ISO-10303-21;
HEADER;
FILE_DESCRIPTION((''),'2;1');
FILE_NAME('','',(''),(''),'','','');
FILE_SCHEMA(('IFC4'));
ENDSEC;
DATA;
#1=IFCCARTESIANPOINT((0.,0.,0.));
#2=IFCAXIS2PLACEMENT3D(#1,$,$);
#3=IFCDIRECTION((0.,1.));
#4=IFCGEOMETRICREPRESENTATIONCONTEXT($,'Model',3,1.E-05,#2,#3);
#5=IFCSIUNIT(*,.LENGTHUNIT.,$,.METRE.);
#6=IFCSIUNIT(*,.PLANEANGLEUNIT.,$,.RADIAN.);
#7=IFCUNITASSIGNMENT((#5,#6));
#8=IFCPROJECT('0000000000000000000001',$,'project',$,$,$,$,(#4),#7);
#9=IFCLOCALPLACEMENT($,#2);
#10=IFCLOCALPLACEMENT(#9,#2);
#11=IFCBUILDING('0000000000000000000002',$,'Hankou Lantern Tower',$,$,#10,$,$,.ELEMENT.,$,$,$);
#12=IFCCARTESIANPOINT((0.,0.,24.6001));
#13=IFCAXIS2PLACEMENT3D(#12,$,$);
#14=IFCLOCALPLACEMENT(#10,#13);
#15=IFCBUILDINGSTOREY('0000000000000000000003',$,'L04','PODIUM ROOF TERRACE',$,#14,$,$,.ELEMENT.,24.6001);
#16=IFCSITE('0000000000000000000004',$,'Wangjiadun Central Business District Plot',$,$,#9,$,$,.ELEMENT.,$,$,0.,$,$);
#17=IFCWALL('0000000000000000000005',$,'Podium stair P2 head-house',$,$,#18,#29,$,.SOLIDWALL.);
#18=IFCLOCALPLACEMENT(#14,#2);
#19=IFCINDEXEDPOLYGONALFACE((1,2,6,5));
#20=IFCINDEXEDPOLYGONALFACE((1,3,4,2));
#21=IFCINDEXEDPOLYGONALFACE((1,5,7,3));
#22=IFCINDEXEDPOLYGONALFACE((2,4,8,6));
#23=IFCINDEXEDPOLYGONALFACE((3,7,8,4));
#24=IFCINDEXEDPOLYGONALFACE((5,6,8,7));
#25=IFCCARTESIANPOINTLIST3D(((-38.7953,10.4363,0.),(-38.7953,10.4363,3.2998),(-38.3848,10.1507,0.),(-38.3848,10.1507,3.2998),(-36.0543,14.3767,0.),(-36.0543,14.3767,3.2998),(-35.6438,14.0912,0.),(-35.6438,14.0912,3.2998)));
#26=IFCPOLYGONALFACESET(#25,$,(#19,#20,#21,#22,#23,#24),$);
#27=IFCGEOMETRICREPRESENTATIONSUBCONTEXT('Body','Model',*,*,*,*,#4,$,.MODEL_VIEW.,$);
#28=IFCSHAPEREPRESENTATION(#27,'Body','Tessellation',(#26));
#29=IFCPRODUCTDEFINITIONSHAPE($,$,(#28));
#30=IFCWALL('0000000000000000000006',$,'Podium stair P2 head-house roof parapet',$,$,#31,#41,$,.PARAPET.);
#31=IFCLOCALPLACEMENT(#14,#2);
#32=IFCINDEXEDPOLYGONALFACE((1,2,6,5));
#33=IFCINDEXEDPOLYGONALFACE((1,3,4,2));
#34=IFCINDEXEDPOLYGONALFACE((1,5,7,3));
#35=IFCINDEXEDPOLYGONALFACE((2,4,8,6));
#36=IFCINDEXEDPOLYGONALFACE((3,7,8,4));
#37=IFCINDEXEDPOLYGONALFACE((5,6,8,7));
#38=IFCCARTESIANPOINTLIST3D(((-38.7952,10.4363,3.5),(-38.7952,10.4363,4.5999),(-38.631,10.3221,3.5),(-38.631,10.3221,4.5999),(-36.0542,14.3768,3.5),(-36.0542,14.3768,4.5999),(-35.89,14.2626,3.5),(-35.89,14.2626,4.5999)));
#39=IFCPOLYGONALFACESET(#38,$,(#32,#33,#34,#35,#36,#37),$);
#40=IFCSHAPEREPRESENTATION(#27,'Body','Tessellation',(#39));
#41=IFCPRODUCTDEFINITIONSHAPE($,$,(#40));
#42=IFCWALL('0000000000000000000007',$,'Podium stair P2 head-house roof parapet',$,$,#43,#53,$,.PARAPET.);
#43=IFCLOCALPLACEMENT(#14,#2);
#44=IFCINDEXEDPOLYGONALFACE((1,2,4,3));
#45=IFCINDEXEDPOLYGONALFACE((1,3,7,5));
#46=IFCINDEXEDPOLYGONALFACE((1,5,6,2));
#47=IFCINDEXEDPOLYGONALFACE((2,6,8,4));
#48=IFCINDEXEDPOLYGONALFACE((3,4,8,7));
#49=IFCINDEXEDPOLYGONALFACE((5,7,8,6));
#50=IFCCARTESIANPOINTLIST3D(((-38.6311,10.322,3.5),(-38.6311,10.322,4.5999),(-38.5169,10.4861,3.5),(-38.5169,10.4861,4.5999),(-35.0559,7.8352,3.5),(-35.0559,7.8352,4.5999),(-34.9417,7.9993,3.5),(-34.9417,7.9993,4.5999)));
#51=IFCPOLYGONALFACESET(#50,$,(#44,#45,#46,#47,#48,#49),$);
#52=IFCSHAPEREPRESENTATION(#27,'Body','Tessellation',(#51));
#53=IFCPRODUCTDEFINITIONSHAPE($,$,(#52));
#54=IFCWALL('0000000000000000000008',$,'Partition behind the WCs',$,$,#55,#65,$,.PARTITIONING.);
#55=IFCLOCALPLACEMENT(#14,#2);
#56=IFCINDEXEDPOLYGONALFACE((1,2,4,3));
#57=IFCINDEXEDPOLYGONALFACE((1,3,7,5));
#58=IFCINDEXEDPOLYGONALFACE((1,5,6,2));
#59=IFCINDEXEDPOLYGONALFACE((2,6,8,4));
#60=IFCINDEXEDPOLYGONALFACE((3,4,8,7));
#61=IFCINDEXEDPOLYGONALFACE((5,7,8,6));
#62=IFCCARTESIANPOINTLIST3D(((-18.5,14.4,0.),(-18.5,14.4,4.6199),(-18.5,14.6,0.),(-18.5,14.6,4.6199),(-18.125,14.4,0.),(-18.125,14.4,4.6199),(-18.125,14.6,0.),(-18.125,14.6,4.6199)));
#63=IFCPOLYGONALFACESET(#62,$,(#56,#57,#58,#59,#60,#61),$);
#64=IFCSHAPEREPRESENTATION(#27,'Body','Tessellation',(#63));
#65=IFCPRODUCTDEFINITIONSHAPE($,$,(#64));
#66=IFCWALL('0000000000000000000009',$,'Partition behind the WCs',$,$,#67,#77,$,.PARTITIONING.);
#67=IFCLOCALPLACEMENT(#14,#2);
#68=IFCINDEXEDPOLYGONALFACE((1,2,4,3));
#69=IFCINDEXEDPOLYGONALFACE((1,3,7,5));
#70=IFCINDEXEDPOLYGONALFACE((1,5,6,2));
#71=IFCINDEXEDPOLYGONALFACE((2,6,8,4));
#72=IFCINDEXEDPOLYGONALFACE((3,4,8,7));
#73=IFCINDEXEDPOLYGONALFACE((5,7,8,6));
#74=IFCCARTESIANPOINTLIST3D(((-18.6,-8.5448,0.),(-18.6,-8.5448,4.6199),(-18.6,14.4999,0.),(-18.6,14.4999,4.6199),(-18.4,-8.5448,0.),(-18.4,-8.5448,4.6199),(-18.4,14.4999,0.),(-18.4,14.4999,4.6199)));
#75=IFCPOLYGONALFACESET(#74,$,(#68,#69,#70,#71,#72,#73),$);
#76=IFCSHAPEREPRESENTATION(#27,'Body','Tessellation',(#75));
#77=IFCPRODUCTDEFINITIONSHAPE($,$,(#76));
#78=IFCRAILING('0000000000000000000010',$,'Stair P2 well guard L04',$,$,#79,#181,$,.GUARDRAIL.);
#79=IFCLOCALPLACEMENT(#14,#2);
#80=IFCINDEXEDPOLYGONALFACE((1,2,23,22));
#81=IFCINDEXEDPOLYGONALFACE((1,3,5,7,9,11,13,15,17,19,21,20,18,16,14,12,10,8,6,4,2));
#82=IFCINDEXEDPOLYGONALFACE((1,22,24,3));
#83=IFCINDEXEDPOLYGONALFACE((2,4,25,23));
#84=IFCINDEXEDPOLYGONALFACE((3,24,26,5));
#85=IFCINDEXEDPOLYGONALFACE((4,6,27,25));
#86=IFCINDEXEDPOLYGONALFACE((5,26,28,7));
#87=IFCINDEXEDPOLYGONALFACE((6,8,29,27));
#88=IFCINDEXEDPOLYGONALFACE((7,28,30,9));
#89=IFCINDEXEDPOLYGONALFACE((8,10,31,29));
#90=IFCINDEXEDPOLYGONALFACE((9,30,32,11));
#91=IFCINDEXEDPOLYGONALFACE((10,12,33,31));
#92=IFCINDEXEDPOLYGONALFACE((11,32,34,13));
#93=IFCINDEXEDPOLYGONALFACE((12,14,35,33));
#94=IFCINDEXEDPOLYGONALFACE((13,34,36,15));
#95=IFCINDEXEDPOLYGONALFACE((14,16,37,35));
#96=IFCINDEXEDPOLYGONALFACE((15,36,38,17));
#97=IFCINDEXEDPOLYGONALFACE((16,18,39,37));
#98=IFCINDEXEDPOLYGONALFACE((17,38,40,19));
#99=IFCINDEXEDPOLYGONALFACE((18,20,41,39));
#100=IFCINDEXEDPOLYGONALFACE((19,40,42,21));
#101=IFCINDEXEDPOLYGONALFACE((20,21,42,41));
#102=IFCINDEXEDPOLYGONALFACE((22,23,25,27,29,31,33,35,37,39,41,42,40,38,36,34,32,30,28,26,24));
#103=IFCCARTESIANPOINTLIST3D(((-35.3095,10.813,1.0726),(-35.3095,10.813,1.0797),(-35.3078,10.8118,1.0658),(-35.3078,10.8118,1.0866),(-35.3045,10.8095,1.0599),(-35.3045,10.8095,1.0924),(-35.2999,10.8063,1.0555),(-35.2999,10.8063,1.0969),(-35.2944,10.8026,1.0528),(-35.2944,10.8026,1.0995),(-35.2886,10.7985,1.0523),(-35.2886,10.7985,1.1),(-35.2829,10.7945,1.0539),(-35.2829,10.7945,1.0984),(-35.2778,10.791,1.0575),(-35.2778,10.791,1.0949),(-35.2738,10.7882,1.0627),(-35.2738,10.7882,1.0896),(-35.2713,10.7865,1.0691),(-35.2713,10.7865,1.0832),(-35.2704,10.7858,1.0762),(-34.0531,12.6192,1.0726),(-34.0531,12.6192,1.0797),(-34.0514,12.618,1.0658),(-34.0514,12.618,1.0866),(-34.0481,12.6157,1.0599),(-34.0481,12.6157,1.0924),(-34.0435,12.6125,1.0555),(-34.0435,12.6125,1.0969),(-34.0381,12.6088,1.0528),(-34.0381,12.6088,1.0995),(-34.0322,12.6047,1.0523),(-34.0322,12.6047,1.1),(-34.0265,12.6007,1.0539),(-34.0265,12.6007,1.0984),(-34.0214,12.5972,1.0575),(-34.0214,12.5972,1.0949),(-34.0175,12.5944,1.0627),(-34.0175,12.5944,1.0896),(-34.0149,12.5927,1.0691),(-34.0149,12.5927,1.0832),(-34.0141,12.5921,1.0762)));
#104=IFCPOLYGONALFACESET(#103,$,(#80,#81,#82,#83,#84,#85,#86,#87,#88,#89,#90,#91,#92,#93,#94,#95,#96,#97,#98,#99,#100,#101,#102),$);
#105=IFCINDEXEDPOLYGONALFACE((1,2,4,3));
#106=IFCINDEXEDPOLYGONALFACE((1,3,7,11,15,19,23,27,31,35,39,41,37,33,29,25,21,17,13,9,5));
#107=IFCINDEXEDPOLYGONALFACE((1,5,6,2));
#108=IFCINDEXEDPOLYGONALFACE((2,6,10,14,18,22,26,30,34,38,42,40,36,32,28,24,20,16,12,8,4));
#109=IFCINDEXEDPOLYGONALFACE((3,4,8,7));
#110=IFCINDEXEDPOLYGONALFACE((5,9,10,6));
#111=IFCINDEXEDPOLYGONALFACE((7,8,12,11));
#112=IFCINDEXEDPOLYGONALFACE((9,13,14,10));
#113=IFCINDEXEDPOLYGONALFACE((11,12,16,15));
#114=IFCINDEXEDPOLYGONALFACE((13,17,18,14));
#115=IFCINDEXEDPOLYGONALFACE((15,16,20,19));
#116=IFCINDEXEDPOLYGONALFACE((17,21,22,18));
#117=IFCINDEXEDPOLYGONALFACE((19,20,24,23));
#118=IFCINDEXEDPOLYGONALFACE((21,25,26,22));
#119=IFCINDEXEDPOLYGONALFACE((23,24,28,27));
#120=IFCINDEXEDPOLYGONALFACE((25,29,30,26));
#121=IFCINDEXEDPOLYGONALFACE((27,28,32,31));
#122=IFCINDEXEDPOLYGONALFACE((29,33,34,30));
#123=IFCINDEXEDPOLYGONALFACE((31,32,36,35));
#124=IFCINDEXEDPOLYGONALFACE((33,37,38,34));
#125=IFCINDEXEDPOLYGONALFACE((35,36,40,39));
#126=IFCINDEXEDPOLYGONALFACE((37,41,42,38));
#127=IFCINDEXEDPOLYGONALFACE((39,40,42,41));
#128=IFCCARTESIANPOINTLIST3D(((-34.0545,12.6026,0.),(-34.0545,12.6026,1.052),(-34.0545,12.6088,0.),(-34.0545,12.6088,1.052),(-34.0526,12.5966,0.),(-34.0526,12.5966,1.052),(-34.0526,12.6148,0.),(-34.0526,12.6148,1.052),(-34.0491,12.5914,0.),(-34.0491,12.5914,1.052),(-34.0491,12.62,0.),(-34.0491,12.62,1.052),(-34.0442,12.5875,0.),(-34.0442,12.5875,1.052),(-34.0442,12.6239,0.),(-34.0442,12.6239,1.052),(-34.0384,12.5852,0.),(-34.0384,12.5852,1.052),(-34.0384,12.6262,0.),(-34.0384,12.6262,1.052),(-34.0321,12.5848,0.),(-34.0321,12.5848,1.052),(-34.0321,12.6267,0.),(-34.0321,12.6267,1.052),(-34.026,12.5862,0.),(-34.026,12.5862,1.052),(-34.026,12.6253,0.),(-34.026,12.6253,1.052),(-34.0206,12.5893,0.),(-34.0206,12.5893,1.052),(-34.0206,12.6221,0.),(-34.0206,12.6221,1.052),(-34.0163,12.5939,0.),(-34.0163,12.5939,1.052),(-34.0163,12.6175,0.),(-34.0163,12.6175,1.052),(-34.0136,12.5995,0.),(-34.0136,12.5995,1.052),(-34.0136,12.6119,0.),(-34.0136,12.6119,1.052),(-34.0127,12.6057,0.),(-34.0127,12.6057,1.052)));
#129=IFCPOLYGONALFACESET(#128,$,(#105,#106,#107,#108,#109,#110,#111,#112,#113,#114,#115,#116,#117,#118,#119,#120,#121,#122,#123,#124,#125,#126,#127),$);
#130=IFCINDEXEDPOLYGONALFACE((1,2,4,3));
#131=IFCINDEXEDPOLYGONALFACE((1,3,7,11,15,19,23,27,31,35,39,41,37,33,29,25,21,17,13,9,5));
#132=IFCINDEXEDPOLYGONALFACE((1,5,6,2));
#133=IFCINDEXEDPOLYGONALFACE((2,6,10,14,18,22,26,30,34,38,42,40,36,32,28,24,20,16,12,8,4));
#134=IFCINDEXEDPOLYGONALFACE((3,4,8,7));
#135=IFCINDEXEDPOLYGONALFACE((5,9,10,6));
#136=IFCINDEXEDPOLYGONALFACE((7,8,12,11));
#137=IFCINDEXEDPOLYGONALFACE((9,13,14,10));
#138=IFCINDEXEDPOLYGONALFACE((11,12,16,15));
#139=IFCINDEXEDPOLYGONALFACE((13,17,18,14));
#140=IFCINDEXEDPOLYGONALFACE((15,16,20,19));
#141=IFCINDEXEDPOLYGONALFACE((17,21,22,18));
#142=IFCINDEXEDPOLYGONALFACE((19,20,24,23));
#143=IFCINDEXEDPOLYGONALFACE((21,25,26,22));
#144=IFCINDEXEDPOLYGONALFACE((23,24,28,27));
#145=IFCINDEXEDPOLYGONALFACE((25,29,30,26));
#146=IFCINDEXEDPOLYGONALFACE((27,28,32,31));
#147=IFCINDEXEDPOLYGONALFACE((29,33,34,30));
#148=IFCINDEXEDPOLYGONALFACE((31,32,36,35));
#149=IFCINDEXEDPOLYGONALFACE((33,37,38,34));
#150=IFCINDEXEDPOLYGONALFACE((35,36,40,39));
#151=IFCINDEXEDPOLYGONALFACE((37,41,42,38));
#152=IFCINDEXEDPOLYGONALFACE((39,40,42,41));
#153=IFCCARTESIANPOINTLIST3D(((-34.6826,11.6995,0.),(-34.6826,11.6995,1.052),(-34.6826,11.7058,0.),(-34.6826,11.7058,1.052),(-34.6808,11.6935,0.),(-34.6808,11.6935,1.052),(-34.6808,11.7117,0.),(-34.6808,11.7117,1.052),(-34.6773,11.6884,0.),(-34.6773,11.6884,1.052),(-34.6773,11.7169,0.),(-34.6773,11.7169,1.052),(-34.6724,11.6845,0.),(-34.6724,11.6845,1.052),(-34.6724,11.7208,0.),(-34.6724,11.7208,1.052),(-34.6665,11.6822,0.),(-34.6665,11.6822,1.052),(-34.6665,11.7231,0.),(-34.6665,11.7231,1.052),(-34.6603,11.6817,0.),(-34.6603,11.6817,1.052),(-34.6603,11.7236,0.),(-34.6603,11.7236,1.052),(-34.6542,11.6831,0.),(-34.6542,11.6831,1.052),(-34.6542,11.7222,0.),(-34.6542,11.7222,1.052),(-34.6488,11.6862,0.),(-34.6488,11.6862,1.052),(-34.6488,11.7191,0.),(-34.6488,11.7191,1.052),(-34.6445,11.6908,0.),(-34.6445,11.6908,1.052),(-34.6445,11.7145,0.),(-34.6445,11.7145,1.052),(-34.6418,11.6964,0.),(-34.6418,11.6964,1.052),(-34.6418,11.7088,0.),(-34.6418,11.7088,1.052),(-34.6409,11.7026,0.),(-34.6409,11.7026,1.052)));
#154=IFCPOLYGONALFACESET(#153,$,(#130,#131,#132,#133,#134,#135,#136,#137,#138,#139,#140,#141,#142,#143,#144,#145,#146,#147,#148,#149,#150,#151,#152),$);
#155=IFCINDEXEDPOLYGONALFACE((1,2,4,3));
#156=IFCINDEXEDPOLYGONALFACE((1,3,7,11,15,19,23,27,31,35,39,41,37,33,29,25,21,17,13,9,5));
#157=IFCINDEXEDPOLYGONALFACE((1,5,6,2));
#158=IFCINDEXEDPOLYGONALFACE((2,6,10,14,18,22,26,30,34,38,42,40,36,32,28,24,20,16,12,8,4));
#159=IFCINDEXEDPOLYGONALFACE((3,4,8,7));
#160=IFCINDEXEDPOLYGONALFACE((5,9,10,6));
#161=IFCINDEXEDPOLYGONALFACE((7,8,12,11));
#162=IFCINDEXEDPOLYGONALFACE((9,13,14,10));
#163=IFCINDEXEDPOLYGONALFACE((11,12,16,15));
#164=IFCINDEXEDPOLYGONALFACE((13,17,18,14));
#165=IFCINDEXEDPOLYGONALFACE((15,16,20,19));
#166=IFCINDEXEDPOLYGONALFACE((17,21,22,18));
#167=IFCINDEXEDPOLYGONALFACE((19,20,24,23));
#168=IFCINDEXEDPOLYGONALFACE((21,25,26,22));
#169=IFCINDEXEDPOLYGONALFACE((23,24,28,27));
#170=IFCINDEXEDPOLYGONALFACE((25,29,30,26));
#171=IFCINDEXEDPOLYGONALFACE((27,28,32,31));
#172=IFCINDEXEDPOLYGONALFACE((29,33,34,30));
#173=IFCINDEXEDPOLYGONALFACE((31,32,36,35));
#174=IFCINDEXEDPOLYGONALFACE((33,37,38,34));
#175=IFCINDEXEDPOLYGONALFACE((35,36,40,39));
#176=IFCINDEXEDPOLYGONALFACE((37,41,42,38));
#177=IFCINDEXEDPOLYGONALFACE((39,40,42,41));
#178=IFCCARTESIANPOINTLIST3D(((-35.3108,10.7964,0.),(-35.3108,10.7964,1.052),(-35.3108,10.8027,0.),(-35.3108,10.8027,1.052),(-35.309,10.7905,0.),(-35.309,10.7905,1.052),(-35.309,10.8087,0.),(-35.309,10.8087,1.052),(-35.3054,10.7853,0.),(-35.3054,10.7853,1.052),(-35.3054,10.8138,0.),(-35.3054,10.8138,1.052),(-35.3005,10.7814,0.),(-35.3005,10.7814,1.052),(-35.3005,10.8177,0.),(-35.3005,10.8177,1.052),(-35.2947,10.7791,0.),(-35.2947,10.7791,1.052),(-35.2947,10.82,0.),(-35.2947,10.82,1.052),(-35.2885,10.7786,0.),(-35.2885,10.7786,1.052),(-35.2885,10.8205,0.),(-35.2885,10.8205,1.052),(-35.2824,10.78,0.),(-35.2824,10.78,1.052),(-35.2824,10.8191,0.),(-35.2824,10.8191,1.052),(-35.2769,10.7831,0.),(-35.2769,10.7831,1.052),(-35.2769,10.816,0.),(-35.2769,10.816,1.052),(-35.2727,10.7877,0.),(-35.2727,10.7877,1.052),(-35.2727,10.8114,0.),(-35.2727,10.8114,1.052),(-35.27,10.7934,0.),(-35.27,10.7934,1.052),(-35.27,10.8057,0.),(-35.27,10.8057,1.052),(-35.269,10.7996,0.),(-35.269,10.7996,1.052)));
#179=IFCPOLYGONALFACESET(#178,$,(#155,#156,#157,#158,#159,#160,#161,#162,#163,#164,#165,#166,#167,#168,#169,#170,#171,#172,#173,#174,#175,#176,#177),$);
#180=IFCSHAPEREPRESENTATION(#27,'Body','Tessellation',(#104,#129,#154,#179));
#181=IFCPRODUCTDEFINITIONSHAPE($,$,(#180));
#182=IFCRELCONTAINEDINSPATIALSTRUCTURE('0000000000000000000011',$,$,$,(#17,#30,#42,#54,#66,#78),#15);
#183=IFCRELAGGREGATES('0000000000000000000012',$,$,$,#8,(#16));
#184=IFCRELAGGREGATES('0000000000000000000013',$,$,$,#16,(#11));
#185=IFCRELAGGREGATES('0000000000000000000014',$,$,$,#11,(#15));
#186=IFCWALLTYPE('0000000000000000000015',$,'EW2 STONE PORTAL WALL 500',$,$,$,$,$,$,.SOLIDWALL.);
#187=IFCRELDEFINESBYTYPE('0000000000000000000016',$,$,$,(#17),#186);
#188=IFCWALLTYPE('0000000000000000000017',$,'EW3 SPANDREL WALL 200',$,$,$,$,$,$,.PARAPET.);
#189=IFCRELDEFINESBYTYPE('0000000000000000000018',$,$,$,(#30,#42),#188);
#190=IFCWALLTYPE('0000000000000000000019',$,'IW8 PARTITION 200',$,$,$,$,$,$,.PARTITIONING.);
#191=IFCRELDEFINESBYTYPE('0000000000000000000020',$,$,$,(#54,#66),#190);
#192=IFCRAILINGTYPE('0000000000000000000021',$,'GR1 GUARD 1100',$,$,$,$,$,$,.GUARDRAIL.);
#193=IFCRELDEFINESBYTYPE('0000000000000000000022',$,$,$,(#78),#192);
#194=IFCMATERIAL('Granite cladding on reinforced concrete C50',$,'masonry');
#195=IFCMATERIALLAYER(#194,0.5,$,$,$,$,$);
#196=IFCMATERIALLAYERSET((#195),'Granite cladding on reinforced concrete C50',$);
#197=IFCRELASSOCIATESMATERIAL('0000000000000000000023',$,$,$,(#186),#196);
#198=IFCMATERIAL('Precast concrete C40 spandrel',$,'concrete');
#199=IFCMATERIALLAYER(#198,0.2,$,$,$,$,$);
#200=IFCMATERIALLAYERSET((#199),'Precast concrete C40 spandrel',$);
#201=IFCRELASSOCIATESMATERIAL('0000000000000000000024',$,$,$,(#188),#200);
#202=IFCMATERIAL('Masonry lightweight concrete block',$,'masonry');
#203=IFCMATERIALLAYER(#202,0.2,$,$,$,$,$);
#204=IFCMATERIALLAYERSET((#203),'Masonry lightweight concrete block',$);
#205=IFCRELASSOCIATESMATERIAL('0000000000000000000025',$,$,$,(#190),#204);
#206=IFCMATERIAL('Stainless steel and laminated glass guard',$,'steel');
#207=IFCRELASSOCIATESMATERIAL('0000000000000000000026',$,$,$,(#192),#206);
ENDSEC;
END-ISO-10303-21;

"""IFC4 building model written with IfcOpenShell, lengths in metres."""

from ifc_helpers import new_model, si_unit, direction, frame, frame_2d, origin, origin_2d, place, context, subcontext, project, spatial, rectangle, circle, extrude, material, layer, layer_set, type_object, element, save


model = new_model("IFC4")

# Units and contexts
model_context = context("Model", 3, precision=1e-05, world=origin(), true_north=direction((0.0, 1.0)))
body_context = subcontext(model_context, "Body", "Model", "MODEL_VIEW")
ifc_project = project(units=[si_unit("LENGTHUNIT", "METRE"), si_unit("PLANEANGLEUNIT", "RADIAN")], contexts=[model_context])

# Site, building, storey
site_placement = place(None, origin())
site = spatial("IfcSite", under=ifc_project, at=site_placement, Name="Wangjiadun Central Business District Plot", CompositionType="ELEMENT", RefElevation=0.0)
building_placement = place(site_placement, origin())
building = spatial("IfcBuilding", under=site, at=building_placement, Name="Hankou Lantern Tower", CompositionType="ELEMENT")
storey_placement = place(building_placement, frame((0.0, 0.0, 24.6001)))
storey = spatial("IfcBuildingStorey", under=building, at=storey_placement, Name="L04", Description="PODIUM ROOF TERRACE", CompositionType="ELEMENT", Elevation=24.6001)

# Walls
ifc_material_1 = material(Name="Granite cladding on reinforced concrete C50", Category="masonry")
ifc_layer_1 = layer(ifc_material_1, 0.5)
ifc_layer_set_1 = layer_set([ifc_layer_1], Name="Granite cladding on reinforced concrete C50")
wall_type_1 = type_object("IfcWallType", Name="EW2 STONE PORTAL WALL 500", PredefinedType="SOLIDWALL", material=ifc_layer_set_1)
wall_1_placement = place(storey_placement, frame((-35.8491, 14.2339, 0.0), z_axis=(0.0, 0.0, 1.0), x_axis=(-0.571036, -0.820925, 0.0)))
element("IfcWall", 1, at=wall_1_placement, inside=storey, type_object=wall_type_1, Name="Podium stair P2 head-house", PredefinedType="SOLIDWALL", context=body_context, shape_type="SweptSolid", body=[
    extrude(rectangle(XDim=4.8, YDim=0.5, at=frame_2d((2.3999, 0.0))), origin(), (0.0, 0.0, 1.0), 3.2998),
])
ifc_material_2 = material(Name="Precast concrete C40 spandrel", Category="concrete")
ifc_layer_2 = layer(ifc_material_2, 0.2)
ifc_layer_set_2 = layer_set([ifc_layer_2], Name="Precast concrete C40 spandrel")
wall_type_2 = type_object("IfcWallType", Name="EW3 SPANDREL WALL 200", PredefinedType="PARAPET", material=ifc_layer_set_2)
wall_2_placement = place(storey_placement, frame((-35.9722, 14.3196, 3.5), z_axis=(0.0, 0.0, 1.0), x_axis=(-0.571036, -0.820925, 0.0)))
element("IfcWall", 2, at=wall_2_placement, inside=storey, type_object=wall_type_2, Name="Podium stair P2 head-house roof parapet", PredefinedType="PARAPET", context=body_context, shape_type="SweptSolid", body=[
    extrude(rectangle(XDim=4.8, YDim=0.2, at=frame_2d((2.3999, 0.0))), origin(), (0.0, 0.0, 1.0), 1.0999),
])
wall_3_placement = place(storey_placement, frame((-38.574, 10.4041, 3.5), z_axis=(0.0, 0.0, 1.0), x_axis=(0.820935, -0.571022, 0.0)))
element("IfcWall", 3, at=wall_3_placement, inside=storey, type_object=wall_type_2, Name="Podium stair P2 head-house roof parapet", PredefinedType="PARAPET", context=body_context, shape_type="SweptSolid", body=[
    extrude(rectangle(XDim=4.355, YDim=0.2, at=frame_2d((2.1775, 0.0))), origin(), (0.0, 0.0, 1.0), 1.0999),
])
ifc_material_3 = material(Name="Masonry lightweight concrete block", Category="masonry")
ifc_layer_3 = layer(ifc_material_3, 0.2)
ifc_layer_set_3 = layer_set([ifc_layer_3], Name="Masonry lightweight concrete block")
wall_type_3 = type_object("IfcWallType", Name="IW8 PARTITION 200", PredefinedType="PARTITIONING", material=ifc_layer_set_3)
wall_4_placement = place(storey_placement, frame((-18.125, 14.5, 0.0), z_axis=(0.0, 0.0, 1.0), x_axis=(-1.0, 0.0, 0.0)))
element("IfcWall", 4, at=wall_4_placement, inside=storey, type_object=wall_type_3, Name="Partition behind the WCs", PredefinedType="PARTITIONING", context=body_context, shape_type="SweptSolid", body=[
    extrude(rectangle(XDim=0.375, YDim=0.2, at=frame_2d((0.1875, 0.0))), origin(), (0.0, 0.0, 1.0), 4.6199),
])
wall_5_placement = place(storey_placement, frame((-18.5, 14.5, 0.0), z_axis=(0.0, 0.0, 1.0), x_axis=(0.0, -1.0, 0.0)))
element("IfcWall", 5, at=wall_5_placement, inside=storey, type_object=wall_type_3, Name="Partition behind the WCs", PredefinedType="PARTITIONING", context=body_context, shape_type="SweptSolid", body=[
    extrude(rectangle(XDim=23.0447, YDim=0.2, at=frame_2d((11.5225, 0.0))), origin(), (0.0, 0.0, 1.0), 4.6199),
])

# Railing
ifc_material_4 = material(Name="Stainless steel and laminated glass guard", Category="steel")
railing_type_1 = type_object("IfcRailingType", Name="GR1 GUARD 1100", PredefinedType="GUARDRAIL", material=ifc_material_4)
railing_1_placement = place(storey_placement, frame((-34.0337, 12.6057, 0.0)))
element("IfcRailing", 6, at=railing_1_placement, inside=storey, type_object=railing_type_1, Name="Stair P2 well guard L04", PredefinedType="GUARDRAIL", context=body_context, shape_type="SweptSolid", body=[
    extrude(circle(Radius=0.0239, at=origin_2d()), frame((0.0, 0.0, 1.0762), z_axis=(-0.571032, -0.820928, 0.0), x_axis=(0.820928, -0.571032, 0.0)), (0.0, 0.0, 1.0), 2.2002),
    extrude(circle(Radius=0.021, at=origin_2d()), origin(), (0.0, 0.0, 1.0), 1.052),
    extrude(circle(Radius=0.021, at=origin_2d()), frame((-0.6282, -0.9031, 0.0)), (0.0, 0.0, 1.0), 1.052),
    extrude(circle(Radius=0.021, at=origin_2d()), frame((-1.2563, -1.8062, 0.0)), (0.0, 0.0, 1.0), 1.052),
])

save(model, "model.ifc")
